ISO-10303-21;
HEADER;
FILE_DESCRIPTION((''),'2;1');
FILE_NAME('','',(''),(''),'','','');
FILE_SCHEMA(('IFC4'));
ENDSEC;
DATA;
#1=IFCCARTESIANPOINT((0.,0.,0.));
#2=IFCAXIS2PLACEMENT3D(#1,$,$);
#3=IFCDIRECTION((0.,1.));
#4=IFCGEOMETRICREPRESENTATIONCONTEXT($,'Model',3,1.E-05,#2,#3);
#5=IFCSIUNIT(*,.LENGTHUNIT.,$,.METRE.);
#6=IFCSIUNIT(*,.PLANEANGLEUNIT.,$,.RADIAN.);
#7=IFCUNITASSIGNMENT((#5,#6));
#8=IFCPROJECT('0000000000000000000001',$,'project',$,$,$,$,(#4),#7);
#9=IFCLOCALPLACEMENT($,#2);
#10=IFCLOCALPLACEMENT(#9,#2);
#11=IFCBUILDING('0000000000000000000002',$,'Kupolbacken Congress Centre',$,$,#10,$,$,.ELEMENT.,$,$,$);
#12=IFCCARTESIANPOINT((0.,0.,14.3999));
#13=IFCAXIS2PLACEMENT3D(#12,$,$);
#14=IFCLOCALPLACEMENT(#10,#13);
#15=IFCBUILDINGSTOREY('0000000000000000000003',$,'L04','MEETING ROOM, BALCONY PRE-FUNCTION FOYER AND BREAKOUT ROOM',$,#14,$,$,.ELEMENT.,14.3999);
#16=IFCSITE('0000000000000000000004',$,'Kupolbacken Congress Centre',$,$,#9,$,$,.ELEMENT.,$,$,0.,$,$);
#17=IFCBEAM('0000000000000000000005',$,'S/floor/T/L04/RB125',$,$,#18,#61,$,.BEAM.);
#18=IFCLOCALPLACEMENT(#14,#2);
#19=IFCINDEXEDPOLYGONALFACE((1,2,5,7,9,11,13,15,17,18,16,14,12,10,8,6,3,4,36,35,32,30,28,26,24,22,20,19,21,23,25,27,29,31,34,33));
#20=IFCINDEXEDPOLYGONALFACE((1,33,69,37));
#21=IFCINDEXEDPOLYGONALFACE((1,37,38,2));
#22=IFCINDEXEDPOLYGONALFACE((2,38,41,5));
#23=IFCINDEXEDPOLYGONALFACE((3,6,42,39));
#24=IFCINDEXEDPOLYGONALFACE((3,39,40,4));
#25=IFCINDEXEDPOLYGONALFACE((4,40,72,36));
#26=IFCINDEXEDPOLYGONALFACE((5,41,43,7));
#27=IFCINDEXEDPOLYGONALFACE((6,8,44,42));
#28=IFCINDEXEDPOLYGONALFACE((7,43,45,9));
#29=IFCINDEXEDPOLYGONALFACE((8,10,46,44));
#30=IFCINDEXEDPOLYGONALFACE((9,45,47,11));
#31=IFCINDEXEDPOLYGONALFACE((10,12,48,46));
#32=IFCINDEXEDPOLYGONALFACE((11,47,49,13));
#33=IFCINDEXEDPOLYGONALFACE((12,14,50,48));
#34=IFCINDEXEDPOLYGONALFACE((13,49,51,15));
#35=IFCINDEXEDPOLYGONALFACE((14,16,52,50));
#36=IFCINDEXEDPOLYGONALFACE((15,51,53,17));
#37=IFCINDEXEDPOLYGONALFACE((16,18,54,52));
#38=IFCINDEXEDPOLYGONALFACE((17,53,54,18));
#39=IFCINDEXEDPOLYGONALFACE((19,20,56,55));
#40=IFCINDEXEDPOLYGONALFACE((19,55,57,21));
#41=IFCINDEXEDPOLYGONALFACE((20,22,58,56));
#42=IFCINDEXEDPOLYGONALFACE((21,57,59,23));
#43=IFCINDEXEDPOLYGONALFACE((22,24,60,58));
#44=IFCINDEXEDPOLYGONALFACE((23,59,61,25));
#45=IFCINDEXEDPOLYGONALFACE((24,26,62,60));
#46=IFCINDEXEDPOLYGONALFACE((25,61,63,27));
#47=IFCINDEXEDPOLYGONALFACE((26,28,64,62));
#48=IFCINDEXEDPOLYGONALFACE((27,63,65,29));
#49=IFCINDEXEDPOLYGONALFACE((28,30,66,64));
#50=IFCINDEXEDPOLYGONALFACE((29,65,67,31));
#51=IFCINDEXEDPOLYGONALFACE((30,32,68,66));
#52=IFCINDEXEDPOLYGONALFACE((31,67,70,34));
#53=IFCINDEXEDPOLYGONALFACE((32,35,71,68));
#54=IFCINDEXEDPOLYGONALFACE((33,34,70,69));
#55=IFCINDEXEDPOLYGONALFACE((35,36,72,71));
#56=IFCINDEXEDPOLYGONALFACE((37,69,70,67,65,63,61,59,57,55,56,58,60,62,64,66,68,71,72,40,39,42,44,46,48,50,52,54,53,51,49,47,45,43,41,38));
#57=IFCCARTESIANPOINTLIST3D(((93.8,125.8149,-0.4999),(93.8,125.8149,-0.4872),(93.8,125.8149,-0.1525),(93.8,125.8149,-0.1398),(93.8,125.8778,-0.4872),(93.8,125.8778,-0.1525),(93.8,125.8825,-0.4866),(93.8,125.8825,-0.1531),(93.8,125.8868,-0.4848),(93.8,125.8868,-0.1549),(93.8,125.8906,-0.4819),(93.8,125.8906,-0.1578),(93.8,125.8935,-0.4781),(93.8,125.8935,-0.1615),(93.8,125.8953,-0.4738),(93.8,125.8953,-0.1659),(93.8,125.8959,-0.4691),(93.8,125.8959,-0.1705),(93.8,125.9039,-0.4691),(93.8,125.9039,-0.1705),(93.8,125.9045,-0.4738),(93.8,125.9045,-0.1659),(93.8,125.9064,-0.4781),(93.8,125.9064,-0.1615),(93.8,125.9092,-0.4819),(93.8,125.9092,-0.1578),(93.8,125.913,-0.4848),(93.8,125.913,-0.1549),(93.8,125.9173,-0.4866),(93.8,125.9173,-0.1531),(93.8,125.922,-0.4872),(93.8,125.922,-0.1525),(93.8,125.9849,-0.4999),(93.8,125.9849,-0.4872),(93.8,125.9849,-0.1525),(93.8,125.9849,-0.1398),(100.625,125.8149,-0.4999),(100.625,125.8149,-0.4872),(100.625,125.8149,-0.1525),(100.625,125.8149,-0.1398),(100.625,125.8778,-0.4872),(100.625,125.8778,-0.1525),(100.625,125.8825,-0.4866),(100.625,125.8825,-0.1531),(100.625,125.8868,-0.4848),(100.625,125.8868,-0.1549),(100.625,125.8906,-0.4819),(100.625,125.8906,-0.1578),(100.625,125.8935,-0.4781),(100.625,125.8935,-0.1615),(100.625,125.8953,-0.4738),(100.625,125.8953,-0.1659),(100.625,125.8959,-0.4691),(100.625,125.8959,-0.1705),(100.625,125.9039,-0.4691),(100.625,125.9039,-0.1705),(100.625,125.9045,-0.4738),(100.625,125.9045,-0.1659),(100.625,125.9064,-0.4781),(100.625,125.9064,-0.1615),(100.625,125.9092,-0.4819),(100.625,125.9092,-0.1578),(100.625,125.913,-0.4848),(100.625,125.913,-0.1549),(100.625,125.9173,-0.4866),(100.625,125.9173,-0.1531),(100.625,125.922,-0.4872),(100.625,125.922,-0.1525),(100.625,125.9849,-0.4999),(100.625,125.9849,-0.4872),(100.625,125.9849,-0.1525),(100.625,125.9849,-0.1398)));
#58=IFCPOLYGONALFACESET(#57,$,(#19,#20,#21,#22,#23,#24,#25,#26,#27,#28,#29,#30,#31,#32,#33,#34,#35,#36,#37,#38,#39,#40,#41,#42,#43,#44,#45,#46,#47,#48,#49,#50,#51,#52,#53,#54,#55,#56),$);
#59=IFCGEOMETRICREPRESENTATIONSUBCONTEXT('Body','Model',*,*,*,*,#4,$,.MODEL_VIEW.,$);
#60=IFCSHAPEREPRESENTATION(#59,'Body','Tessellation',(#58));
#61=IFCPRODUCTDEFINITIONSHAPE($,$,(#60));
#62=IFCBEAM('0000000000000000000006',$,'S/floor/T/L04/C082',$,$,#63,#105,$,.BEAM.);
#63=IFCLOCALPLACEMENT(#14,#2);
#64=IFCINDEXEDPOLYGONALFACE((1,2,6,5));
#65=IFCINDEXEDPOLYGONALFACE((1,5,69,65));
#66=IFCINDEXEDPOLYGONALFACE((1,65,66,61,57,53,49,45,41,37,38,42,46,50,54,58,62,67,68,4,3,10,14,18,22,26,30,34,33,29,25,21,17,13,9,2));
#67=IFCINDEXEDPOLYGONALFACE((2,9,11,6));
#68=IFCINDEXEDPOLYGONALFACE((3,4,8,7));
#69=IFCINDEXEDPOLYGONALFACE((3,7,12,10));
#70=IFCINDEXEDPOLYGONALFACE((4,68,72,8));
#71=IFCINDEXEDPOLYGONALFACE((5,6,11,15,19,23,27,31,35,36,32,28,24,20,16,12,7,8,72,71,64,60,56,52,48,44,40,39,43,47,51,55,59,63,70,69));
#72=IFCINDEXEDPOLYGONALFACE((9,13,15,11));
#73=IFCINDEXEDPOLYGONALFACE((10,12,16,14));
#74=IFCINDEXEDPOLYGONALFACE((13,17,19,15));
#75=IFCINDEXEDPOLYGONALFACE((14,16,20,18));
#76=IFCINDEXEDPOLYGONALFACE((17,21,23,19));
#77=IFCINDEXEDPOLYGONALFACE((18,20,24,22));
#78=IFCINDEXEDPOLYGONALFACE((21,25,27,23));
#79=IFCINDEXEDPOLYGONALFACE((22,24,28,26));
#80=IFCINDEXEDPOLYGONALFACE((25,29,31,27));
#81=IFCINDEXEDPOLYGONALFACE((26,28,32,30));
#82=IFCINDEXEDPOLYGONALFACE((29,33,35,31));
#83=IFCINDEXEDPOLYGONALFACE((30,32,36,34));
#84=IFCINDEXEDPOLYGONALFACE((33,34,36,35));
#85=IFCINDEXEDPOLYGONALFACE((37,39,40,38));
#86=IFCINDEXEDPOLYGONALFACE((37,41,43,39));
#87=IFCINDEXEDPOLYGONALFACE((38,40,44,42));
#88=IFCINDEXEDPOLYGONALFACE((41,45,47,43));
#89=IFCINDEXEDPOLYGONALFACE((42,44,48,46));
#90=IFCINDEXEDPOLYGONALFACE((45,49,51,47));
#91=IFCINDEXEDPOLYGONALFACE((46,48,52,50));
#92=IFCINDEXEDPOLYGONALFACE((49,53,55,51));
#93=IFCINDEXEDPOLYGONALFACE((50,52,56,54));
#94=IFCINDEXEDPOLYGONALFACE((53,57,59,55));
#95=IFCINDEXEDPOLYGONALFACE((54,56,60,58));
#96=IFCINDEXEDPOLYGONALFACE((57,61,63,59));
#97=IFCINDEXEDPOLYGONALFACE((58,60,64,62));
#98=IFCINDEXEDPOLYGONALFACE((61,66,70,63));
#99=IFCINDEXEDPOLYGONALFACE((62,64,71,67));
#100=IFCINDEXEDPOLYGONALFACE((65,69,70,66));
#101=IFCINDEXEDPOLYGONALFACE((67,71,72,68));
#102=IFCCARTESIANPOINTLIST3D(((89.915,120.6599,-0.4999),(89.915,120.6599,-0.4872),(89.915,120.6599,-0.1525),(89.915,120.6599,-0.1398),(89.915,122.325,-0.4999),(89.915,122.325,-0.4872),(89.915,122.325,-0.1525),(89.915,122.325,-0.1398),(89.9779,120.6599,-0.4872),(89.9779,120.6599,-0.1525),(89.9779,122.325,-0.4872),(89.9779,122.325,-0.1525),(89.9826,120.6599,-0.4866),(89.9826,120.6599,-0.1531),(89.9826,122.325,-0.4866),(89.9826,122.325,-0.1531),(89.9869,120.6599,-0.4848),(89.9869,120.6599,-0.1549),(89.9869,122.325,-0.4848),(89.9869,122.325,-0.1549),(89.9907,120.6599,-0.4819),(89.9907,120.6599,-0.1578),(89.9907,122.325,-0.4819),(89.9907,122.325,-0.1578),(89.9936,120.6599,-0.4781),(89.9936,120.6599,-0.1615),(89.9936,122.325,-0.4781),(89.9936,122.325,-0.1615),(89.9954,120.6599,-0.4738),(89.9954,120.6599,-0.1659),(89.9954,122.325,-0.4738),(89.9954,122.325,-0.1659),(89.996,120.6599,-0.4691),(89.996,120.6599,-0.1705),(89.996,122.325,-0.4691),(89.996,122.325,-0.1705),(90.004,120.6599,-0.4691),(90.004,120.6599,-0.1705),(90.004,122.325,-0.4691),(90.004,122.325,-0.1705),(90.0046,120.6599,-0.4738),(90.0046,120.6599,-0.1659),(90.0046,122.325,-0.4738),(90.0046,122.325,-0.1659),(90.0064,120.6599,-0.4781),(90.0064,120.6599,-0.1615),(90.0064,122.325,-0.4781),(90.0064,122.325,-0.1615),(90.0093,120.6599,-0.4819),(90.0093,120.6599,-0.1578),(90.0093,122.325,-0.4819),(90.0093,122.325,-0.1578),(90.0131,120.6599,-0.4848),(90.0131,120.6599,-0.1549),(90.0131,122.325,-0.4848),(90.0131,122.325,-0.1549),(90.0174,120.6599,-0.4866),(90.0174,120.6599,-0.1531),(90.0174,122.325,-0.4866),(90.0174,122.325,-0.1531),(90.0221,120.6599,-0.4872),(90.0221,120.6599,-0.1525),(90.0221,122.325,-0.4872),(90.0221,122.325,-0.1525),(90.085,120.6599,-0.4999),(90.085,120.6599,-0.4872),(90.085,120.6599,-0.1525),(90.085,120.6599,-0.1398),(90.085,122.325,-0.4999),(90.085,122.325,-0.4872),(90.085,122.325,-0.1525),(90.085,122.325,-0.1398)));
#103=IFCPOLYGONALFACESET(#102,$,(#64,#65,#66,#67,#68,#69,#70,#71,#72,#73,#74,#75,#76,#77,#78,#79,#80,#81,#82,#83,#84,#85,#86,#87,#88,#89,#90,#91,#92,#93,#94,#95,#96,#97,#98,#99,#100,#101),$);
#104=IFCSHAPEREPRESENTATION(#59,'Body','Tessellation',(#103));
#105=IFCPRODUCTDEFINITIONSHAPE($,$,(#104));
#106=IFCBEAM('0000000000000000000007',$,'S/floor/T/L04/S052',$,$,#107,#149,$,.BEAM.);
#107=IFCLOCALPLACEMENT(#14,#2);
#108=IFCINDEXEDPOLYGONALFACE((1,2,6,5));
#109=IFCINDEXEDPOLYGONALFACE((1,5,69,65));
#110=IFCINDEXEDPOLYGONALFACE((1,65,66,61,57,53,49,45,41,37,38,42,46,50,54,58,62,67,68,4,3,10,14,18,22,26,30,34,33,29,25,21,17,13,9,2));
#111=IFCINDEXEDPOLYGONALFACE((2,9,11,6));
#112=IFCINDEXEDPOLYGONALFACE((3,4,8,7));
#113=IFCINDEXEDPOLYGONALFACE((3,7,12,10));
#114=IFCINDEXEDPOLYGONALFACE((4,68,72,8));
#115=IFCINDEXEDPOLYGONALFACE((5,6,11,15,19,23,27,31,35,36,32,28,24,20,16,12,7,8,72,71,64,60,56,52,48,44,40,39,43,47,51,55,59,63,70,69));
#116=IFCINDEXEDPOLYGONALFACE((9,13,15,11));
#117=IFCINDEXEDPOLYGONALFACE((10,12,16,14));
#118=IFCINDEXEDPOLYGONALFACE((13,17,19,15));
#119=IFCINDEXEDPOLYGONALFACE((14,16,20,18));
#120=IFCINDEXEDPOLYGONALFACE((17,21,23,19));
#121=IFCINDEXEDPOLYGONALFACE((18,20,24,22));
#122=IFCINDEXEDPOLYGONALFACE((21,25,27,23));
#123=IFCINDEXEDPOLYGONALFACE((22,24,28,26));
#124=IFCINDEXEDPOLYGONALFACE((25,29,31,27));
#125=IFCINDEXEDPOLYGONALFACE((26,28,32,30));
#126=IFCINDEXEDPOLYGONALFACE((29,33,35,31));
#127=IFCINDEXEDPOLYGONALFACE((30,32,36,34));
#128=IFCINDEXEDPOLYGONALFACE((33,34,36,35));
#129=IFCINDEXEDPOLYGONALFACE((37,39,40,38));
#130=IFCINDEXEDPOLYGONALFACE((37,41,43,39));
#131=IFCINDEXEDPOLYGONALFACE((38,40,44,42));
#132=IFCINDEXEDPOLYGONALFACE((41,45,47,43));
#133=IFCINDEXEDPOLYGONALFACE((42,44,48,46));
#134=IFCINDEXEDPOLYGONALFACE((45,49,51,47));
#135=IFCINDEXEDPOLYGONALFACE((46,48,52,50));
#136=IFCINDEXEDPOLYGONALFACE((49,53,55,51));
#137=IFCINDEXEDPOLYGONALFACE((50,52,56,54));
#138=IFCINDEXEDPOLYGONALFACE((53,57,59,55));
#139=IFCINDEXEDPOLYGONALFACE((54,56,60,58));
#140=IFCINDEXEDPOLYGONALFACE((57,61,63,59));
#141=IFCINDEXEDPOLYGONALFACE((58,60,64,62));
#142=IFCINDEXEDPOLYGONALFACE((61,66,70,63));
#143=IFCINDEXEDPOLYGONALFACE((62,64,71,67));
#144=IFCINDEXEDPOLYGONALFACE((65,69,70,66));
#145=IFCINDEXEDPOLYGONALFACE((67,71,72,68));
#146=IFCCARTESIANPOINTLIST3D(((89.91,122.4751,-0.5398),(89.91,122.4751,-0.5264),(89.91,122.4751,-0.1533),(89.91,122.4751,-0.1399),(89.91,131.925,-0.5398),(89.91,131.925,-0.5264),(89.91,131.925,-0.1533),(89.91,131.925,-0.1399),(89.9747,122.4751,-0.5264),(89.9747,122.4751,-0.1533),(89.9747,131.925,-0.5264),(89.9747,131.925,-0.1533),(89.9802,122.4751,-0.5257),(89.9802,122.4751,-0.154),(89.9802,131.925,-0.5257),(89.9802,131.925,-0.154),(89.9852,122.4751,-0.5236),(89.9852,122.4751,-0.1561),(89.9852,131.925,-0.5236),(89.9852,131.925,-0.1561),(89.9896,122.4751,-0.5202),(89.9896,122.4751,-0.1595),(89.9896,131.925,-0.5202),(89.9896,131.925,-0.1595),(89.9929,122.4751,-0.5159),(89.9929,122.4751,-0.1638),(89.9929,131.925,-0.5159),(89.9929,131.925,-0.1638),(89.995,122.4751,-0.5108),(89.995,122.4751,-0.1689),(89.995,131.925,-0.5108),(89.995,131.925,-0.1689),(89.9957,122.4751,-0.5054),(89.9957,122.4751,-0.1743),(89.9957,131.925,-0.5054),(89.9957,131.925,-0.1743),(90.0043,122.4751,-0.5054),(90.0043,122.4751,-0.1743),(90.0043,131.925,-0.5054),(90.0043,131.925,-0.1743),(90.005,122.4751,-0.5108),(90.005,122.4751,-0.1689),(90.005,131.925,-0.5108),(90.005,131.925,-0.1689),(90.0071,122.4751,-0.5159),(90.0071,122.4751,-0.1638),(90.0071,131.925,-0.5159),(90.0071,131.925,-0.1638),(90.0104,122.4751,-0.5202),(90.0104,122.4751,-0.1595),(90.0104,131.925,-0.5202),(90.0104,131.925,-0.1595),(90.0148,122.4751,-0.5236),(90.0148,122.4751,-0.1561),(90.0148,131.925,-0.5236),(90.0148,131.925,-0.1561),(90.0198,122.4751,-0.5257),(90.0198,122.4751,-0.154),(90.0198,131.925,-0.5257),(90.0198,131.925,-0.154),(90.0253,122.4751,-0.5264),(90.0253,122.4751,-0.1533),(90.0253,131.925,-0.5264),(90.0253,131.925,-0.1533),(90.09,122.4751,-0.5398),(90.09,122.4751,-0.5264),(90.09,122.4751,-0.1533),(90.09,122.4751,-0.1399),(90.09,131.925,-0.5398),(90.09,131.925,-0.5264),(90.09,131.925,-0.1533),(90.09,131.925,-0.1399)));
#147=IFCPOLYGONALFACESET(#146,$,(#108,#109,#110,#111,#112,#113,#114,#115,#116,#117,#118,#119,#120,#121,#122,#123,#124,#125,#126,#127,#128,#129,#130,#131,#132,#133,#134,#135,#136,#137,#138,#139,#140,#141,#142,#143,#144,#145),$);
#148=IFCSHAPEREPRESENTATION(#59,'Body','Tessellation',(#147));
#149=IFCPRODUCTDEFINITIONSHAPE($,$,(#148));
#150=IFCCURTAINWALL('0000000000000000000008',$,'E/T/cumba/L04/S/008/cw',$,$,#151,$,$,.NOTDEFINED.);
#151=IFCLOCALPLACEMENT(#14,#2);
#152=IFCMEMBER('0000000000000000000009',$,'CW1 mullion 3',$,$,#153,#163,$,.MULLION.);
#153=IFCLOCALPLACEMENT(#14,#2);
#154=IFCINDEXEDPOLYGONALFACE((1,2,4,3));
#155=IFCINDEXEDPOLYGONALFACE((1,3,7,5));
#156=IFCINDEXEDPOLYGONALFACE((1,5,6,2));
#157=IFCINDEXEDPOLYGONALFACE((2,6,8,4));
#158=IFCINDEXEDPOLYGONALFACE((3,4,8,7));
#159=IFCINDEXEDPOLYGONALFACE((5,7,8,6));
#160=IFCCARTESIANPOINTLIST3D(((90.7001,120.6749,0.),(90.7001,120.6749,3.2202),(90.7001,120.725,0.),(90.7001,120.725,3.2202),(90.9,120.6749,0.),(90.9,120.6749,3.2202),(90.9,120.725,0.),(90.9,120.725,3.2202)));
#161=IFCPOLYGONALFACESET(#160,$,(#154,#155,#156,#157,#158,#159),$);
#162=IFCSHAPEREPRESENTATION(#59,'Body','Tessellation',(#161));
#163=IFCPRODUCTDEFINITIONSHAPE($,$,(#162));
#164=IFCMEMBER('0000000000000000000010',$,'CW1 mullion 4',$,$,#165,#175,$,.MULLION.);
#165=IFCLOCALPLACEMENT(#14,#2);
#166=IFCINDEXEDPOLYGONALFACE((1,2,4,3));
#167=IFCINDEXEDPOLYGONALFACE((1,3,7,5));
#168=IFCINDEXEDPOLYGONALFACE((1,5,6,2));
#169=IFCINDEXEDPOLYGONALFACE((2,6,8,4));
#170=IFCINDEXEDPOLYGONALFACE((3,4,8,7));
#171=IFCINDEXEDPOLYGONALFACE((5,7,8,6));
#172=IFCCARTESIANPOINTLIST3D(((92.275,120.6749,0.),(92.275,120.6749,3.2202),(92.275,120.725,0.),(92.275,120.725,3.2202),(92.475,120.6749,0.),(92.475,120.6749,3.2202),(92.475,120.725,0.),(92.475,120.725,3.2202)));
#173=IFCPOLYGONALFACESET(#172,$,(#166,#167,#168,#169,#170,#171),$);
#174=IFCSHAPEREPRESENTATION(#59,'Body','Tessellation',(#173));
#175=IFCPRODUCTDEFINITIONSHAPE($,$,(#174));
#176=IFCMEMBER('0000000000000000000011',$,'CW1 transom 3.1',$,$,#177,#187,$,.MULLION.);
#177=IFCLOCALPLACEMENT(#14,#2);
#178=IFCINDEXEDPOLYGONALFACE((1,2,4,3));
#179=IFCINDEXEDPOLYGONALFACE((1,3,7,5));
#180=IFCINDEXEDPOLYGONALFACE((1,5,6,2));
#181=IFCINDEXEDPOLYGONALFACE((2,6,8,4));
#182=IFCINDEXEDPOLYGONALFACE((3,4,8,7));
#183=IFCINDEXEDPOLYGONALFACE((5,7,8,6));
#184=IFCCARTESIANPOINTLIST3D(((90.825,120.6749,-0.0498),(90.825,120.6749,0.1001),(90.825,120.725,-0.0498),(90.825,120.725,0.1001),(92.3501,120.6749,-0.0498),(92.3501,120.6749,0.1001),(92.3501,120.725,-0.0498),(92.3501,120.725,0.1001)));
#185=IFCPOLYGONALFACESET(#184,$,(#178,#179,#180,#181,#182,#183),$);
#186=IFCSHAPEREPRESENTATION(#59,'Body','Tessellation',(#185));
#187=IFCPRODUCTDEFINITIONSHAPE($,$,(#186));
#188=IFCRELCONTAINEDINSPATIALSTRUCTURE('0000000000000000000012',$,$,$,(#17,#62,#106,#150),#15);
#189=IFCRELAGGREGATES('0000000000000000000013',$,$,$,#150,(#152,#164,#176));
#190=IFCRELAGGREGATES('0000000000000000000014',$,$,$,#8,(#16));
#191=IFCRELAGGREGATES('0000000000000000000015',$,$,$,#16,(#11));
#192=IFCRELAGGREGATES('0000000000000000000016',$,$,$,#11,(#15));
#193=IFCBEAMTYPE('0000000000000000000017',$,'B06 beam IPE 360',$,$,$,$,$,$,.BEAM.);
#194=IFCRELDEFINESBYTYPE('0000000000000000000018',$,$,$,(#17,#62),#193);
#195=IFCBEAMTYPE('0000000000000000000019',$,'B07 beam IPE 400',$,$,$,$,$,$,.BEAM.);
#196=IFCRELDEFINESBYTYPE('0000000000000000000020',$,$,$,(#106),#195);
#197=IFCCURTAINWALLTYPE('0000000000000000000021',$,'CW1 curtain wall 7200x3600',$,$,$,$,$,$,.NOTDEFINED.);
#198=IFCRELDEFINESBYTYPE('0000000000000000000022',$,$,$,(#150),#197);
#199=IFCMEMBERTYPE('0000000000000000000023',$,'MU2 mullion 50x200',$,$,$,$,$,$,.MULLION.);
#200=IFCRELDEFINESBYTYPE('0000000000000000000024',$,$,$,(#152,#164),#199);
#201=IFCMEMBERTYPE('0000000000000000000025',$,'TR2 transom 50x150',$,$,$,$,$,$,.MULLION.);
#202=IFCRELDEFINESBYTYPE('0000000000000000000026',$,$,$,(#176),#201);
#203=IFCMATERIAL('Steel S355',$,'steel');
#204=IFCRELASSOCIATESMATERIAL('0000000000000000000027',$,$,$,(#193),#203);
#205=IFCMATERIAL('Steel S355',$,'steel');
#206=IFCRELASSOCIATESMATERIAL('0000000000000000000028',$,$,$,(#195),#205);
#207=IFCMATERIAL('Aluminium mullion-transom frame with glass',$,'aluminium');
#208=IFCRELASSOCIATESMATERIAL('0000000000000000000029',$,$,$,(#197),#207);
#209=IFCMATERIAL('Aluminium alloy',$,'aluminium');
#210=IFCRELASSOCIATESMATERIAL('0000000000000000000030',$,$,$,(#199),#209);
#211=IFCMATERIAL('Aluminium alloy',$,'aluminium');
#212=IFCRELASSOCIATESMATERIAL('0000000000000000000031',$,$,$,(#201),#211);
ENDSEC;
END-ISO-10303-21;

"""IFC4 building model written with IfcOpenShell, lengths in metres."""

from ifc_helpers import new_model, si_unit, direction, frame, origin, origin_2d, place, context, subcontext, project, spatial, rectangle, i_section, extrude, material, material_profile, profile_set, type_object, element, aggregate, save


model = new_model("IFC4")

# Units and contexts
model_context = context("Model", 3, precision=1e-05, world=origin(), true_north=direction((0.0, 1.0)))
body_context = subcontext(model_context, "Body", "Model", "MODEL_VIEW")
ifc_project = project(units=[si_unit("LENGTHUNIT", "METRE"), si_unit("PLANEANGLEUNIT", "RADIAN")], contexts=[model_context])

# Site, building, storey
site_placement = place(None, origin())
site = spatial("IfcSite", under=ifc_project, at=site_placement, Name="Kupolbacken Congress Centre", CompositionType="ELEMENT", RefElevation=0.0)
building_placement = place(site_placement, origin())
building = spatial("IfcBuilding", under=site, at=building_placement, Name="Kupolbacken Congress Centre", CompositionType="ELEMENT")
storey_placement = place(building_placement, frame((0.0, 0.0, 14.3999)))
storey = spatial("IfcBuildingStorey", under=building, at=storey_placement, Name="L04", Description="MEETING ROOM, BALCONY PRE-FUNCTION FOYER AND BREAKOUT ROOM", CompositionType="ELEMENT", Elevation=14.3999)

# Beams
ifc_material_1 = material(Name="Steel S355", Category="steel")
ifc_material_profile_1 = material_profile(ifc_material_1, i_section(OverallWidth=0.1699, OverallDepth=0.3601, WebThickness=0.0081, FlangeThickness=0.0127, FilletRadius=0.0181, at=origin_2d()), Name="IPE 360")
ifc_profile_set_1 = profile_set([ifc_material_profile_1], Name="Steel S355")
beam_type_1 = type_object("IfcBeamType", Name="B06 beam IPE 360", PredefinedType="BEAM", material=ifc_profile_set_1)
beam_1_placement = place(storey_placement, frame((93.8, 125.8999, -0.3198), z_axis=(1.0, 0.0, 0.0), x_axis=(0.0, 1.0, 0.0)))
element("IfcBeam", 1, at=beam_1_placement, inside=storey, type_object=beam_type_1, Name="S/floor/T/L04/RB125", PredefinedType="BEAM", context=body_context, shape_type="SweptSolid", body=[
    extrude(i_section(OverallWidth=0.1699, OverallDepth=0.3601, WebThickness=0.0081, FlangeThickness=0.0127, FilletRadius=0.0181, at=origin_2d()), origin(), (0.0, 0.0, 1.0), 6.825),
])
beam_2_placement = place(storey_placement, frame((90.0, 122.325, -0.3198), z_axis=(0.0, -1.0, 0.0), x_axis=(1.0, 0.0, 0.0)))
element("IfcBeam", 2, at=beam_2_placement, inside=storey, type_object=beam_type_1, Name="S/floor/T/L04/C082", PredefinedType="BEAM", context=body_context, shape_type="SweptSolid", body=[
    extrude(i_section(OverallWidth=0.1699, OverallDepth=0.3601, WebThickness=0.0081, FlangeThickness=0.0127, FilletRadius=0.0181, at=origin_2d()), origin(), (0.0, 0.0, 1.0), 1.665),
])
ifc_material_2 = material(Name="Steel S355", Category="steel")
ifc_material_profile_2 = material_profile(ifc_material_2, i_section(OverallWidth=0.1799, OverallDepth=0.3999, WebThickness=0.0085, FlangeThickness=0.0134, FilletRadius=0.021, at=origin_2d()), Name="IPE 400")
ifc_profile_set_2 = profile_set([ifc_material_profile_2], Name="Steel S355")
beam_type_2 = type_object("IfcBeamType", Name="B07 beam IPE 400", PredefinedType="BEAM", material=ifc_profile_set_2)
beam_3_placement = place(storey_placement, frame((90.0, 122.4751, -0.3398), z_axis=(0.0, 1.0, 0.0), x_axis=(-1.0, 0.0, 0.0)))
element("IfcBeam", 3, at=beam_3_placement, inside=storey, type_object=beam_type_2, Name="S/floor/T/L04/S052", PredefinedType="BEAM", context=body_context, shape_type="SweptSolid", body=[
    extrude(i_section(OverallWidth=0.1799, OverallDepth=0.3999, WebThickness=0.0085, FlangeThickness=0.0134, FilletRadius=0.021, at=origin_2d()), origin(), (0.0, 0.0, 1.0), 9.45),
])

# Curtain wall, members
ifc_material_3 = material(Name="Aluminium mullion-transom frame with glass", Category="aluminium")
curtain_wall_type = type_object("IfcCurtainWallType", Name="CW1 curtain wall 7200x3600", PredefinedType="NOTDEFINED", material=ifc_material_3)
curtain_wall_placement = place(storey_placement, origin())
curtain_wall = element("IfcCurtainWall", 4, at=curtain_wall_placement, inside=storey, type_object=curtain_wall_type, Name="E/T/cumba/L04/S/008/cw", PredefinedType="NOTDEFINED")
ifc_material_4 = material(Name="Aluminium alloy", Category="aluminium")
ifc_material_profile_3 = material_profile(ifc_material_4, rectangle(XDim=0.05, YDim=0.2, at=origin_2d()), Name="50 x 200")
ifc_profile_set_3 = profile_set([ifc_material_profile_3], Name="Aluminium alloy")
member_type_1 = type_object("IfcMemberType", Name="MU2 mullion 50x200", PredefinedType="MULLION", material=ifc_profile_set_3)
member_1_placement = place(storey_placement, frame((90.8, 120.7, 0.0), z_axis=(0.0, 0.0, 1.0), x_axis=(0.0, 1.0, 0.0)))
member_1 = element("IfcMember", 5, at=member_1_placement, type_object=member_type_1, Name="CW1 mullion 3", PredefinedType="MULLION", context=body_context, shape_type="SweptSolid", body=[
    extrude(rectangle(XDim=0.05, YDim=0.2, at=origin_2d()), origin(), (0.0, 0.0, 1.0), 3.2202),
])
member_2_placement = place(storey_placement, frame((92.375, 120.7, 0.0), z_axis=(0.0, 0.0, 1.0), x_axis=(0.0, 1.0, 0.0)))
member_2 = element("IfcMember", 6, at=member_2_placement, type_object=member_type_1, Name="CW1 mullion 4", PredefinedType="MULLION", context=body_context, shape_type="SweptSolid", body=[
    extrude(rectangle(XDim=0.05, YDim=0.2, at=origin_2d()), origin(), (0.0, 0.0, 1.0), 3.2202),
])
ifc_material_5 = material(Name="Aluminium alloy", Category="aluminium")
ifc_material_profile_4 = material_profile(ifc_material_5, rectangle(XDim=0.05, YDim=0.1499, at=origin_2d()), Name="50 x 150")
ifc_profile_set_4 = profile_set([ifc_material_profile_4], Name="Aluminium alloy")
member_type_2 = type_object("IfcMemberType", Name="TR2 transom 50x150", PredefinedType="MULLION", material=ifc_profile_set_4)
member_3_placement = place(storey_placement, frame((90.825, 120.7, 0.0251), z_axis=(1.0, 0.0, 0.0), x_axis=(0.0, 1.0, 0.0)))
member_3 = element("IfcMember", 7, at=member_3_placement, type_object=member_type_2, Name="CW1 transom 3.1", PredefinedType="MULLION", context=body_context, shape_type="SweptSolid", body=[
    extrude(rectangle(XDim=0.05, YDim=0.1499, at=origin_2d()), origin(), (0.0, 0.0, 1.0), 1.5251),
])
aggregate(curtain_wall, [member_1, member_2, member_3])

save(model, "model.ifc")
